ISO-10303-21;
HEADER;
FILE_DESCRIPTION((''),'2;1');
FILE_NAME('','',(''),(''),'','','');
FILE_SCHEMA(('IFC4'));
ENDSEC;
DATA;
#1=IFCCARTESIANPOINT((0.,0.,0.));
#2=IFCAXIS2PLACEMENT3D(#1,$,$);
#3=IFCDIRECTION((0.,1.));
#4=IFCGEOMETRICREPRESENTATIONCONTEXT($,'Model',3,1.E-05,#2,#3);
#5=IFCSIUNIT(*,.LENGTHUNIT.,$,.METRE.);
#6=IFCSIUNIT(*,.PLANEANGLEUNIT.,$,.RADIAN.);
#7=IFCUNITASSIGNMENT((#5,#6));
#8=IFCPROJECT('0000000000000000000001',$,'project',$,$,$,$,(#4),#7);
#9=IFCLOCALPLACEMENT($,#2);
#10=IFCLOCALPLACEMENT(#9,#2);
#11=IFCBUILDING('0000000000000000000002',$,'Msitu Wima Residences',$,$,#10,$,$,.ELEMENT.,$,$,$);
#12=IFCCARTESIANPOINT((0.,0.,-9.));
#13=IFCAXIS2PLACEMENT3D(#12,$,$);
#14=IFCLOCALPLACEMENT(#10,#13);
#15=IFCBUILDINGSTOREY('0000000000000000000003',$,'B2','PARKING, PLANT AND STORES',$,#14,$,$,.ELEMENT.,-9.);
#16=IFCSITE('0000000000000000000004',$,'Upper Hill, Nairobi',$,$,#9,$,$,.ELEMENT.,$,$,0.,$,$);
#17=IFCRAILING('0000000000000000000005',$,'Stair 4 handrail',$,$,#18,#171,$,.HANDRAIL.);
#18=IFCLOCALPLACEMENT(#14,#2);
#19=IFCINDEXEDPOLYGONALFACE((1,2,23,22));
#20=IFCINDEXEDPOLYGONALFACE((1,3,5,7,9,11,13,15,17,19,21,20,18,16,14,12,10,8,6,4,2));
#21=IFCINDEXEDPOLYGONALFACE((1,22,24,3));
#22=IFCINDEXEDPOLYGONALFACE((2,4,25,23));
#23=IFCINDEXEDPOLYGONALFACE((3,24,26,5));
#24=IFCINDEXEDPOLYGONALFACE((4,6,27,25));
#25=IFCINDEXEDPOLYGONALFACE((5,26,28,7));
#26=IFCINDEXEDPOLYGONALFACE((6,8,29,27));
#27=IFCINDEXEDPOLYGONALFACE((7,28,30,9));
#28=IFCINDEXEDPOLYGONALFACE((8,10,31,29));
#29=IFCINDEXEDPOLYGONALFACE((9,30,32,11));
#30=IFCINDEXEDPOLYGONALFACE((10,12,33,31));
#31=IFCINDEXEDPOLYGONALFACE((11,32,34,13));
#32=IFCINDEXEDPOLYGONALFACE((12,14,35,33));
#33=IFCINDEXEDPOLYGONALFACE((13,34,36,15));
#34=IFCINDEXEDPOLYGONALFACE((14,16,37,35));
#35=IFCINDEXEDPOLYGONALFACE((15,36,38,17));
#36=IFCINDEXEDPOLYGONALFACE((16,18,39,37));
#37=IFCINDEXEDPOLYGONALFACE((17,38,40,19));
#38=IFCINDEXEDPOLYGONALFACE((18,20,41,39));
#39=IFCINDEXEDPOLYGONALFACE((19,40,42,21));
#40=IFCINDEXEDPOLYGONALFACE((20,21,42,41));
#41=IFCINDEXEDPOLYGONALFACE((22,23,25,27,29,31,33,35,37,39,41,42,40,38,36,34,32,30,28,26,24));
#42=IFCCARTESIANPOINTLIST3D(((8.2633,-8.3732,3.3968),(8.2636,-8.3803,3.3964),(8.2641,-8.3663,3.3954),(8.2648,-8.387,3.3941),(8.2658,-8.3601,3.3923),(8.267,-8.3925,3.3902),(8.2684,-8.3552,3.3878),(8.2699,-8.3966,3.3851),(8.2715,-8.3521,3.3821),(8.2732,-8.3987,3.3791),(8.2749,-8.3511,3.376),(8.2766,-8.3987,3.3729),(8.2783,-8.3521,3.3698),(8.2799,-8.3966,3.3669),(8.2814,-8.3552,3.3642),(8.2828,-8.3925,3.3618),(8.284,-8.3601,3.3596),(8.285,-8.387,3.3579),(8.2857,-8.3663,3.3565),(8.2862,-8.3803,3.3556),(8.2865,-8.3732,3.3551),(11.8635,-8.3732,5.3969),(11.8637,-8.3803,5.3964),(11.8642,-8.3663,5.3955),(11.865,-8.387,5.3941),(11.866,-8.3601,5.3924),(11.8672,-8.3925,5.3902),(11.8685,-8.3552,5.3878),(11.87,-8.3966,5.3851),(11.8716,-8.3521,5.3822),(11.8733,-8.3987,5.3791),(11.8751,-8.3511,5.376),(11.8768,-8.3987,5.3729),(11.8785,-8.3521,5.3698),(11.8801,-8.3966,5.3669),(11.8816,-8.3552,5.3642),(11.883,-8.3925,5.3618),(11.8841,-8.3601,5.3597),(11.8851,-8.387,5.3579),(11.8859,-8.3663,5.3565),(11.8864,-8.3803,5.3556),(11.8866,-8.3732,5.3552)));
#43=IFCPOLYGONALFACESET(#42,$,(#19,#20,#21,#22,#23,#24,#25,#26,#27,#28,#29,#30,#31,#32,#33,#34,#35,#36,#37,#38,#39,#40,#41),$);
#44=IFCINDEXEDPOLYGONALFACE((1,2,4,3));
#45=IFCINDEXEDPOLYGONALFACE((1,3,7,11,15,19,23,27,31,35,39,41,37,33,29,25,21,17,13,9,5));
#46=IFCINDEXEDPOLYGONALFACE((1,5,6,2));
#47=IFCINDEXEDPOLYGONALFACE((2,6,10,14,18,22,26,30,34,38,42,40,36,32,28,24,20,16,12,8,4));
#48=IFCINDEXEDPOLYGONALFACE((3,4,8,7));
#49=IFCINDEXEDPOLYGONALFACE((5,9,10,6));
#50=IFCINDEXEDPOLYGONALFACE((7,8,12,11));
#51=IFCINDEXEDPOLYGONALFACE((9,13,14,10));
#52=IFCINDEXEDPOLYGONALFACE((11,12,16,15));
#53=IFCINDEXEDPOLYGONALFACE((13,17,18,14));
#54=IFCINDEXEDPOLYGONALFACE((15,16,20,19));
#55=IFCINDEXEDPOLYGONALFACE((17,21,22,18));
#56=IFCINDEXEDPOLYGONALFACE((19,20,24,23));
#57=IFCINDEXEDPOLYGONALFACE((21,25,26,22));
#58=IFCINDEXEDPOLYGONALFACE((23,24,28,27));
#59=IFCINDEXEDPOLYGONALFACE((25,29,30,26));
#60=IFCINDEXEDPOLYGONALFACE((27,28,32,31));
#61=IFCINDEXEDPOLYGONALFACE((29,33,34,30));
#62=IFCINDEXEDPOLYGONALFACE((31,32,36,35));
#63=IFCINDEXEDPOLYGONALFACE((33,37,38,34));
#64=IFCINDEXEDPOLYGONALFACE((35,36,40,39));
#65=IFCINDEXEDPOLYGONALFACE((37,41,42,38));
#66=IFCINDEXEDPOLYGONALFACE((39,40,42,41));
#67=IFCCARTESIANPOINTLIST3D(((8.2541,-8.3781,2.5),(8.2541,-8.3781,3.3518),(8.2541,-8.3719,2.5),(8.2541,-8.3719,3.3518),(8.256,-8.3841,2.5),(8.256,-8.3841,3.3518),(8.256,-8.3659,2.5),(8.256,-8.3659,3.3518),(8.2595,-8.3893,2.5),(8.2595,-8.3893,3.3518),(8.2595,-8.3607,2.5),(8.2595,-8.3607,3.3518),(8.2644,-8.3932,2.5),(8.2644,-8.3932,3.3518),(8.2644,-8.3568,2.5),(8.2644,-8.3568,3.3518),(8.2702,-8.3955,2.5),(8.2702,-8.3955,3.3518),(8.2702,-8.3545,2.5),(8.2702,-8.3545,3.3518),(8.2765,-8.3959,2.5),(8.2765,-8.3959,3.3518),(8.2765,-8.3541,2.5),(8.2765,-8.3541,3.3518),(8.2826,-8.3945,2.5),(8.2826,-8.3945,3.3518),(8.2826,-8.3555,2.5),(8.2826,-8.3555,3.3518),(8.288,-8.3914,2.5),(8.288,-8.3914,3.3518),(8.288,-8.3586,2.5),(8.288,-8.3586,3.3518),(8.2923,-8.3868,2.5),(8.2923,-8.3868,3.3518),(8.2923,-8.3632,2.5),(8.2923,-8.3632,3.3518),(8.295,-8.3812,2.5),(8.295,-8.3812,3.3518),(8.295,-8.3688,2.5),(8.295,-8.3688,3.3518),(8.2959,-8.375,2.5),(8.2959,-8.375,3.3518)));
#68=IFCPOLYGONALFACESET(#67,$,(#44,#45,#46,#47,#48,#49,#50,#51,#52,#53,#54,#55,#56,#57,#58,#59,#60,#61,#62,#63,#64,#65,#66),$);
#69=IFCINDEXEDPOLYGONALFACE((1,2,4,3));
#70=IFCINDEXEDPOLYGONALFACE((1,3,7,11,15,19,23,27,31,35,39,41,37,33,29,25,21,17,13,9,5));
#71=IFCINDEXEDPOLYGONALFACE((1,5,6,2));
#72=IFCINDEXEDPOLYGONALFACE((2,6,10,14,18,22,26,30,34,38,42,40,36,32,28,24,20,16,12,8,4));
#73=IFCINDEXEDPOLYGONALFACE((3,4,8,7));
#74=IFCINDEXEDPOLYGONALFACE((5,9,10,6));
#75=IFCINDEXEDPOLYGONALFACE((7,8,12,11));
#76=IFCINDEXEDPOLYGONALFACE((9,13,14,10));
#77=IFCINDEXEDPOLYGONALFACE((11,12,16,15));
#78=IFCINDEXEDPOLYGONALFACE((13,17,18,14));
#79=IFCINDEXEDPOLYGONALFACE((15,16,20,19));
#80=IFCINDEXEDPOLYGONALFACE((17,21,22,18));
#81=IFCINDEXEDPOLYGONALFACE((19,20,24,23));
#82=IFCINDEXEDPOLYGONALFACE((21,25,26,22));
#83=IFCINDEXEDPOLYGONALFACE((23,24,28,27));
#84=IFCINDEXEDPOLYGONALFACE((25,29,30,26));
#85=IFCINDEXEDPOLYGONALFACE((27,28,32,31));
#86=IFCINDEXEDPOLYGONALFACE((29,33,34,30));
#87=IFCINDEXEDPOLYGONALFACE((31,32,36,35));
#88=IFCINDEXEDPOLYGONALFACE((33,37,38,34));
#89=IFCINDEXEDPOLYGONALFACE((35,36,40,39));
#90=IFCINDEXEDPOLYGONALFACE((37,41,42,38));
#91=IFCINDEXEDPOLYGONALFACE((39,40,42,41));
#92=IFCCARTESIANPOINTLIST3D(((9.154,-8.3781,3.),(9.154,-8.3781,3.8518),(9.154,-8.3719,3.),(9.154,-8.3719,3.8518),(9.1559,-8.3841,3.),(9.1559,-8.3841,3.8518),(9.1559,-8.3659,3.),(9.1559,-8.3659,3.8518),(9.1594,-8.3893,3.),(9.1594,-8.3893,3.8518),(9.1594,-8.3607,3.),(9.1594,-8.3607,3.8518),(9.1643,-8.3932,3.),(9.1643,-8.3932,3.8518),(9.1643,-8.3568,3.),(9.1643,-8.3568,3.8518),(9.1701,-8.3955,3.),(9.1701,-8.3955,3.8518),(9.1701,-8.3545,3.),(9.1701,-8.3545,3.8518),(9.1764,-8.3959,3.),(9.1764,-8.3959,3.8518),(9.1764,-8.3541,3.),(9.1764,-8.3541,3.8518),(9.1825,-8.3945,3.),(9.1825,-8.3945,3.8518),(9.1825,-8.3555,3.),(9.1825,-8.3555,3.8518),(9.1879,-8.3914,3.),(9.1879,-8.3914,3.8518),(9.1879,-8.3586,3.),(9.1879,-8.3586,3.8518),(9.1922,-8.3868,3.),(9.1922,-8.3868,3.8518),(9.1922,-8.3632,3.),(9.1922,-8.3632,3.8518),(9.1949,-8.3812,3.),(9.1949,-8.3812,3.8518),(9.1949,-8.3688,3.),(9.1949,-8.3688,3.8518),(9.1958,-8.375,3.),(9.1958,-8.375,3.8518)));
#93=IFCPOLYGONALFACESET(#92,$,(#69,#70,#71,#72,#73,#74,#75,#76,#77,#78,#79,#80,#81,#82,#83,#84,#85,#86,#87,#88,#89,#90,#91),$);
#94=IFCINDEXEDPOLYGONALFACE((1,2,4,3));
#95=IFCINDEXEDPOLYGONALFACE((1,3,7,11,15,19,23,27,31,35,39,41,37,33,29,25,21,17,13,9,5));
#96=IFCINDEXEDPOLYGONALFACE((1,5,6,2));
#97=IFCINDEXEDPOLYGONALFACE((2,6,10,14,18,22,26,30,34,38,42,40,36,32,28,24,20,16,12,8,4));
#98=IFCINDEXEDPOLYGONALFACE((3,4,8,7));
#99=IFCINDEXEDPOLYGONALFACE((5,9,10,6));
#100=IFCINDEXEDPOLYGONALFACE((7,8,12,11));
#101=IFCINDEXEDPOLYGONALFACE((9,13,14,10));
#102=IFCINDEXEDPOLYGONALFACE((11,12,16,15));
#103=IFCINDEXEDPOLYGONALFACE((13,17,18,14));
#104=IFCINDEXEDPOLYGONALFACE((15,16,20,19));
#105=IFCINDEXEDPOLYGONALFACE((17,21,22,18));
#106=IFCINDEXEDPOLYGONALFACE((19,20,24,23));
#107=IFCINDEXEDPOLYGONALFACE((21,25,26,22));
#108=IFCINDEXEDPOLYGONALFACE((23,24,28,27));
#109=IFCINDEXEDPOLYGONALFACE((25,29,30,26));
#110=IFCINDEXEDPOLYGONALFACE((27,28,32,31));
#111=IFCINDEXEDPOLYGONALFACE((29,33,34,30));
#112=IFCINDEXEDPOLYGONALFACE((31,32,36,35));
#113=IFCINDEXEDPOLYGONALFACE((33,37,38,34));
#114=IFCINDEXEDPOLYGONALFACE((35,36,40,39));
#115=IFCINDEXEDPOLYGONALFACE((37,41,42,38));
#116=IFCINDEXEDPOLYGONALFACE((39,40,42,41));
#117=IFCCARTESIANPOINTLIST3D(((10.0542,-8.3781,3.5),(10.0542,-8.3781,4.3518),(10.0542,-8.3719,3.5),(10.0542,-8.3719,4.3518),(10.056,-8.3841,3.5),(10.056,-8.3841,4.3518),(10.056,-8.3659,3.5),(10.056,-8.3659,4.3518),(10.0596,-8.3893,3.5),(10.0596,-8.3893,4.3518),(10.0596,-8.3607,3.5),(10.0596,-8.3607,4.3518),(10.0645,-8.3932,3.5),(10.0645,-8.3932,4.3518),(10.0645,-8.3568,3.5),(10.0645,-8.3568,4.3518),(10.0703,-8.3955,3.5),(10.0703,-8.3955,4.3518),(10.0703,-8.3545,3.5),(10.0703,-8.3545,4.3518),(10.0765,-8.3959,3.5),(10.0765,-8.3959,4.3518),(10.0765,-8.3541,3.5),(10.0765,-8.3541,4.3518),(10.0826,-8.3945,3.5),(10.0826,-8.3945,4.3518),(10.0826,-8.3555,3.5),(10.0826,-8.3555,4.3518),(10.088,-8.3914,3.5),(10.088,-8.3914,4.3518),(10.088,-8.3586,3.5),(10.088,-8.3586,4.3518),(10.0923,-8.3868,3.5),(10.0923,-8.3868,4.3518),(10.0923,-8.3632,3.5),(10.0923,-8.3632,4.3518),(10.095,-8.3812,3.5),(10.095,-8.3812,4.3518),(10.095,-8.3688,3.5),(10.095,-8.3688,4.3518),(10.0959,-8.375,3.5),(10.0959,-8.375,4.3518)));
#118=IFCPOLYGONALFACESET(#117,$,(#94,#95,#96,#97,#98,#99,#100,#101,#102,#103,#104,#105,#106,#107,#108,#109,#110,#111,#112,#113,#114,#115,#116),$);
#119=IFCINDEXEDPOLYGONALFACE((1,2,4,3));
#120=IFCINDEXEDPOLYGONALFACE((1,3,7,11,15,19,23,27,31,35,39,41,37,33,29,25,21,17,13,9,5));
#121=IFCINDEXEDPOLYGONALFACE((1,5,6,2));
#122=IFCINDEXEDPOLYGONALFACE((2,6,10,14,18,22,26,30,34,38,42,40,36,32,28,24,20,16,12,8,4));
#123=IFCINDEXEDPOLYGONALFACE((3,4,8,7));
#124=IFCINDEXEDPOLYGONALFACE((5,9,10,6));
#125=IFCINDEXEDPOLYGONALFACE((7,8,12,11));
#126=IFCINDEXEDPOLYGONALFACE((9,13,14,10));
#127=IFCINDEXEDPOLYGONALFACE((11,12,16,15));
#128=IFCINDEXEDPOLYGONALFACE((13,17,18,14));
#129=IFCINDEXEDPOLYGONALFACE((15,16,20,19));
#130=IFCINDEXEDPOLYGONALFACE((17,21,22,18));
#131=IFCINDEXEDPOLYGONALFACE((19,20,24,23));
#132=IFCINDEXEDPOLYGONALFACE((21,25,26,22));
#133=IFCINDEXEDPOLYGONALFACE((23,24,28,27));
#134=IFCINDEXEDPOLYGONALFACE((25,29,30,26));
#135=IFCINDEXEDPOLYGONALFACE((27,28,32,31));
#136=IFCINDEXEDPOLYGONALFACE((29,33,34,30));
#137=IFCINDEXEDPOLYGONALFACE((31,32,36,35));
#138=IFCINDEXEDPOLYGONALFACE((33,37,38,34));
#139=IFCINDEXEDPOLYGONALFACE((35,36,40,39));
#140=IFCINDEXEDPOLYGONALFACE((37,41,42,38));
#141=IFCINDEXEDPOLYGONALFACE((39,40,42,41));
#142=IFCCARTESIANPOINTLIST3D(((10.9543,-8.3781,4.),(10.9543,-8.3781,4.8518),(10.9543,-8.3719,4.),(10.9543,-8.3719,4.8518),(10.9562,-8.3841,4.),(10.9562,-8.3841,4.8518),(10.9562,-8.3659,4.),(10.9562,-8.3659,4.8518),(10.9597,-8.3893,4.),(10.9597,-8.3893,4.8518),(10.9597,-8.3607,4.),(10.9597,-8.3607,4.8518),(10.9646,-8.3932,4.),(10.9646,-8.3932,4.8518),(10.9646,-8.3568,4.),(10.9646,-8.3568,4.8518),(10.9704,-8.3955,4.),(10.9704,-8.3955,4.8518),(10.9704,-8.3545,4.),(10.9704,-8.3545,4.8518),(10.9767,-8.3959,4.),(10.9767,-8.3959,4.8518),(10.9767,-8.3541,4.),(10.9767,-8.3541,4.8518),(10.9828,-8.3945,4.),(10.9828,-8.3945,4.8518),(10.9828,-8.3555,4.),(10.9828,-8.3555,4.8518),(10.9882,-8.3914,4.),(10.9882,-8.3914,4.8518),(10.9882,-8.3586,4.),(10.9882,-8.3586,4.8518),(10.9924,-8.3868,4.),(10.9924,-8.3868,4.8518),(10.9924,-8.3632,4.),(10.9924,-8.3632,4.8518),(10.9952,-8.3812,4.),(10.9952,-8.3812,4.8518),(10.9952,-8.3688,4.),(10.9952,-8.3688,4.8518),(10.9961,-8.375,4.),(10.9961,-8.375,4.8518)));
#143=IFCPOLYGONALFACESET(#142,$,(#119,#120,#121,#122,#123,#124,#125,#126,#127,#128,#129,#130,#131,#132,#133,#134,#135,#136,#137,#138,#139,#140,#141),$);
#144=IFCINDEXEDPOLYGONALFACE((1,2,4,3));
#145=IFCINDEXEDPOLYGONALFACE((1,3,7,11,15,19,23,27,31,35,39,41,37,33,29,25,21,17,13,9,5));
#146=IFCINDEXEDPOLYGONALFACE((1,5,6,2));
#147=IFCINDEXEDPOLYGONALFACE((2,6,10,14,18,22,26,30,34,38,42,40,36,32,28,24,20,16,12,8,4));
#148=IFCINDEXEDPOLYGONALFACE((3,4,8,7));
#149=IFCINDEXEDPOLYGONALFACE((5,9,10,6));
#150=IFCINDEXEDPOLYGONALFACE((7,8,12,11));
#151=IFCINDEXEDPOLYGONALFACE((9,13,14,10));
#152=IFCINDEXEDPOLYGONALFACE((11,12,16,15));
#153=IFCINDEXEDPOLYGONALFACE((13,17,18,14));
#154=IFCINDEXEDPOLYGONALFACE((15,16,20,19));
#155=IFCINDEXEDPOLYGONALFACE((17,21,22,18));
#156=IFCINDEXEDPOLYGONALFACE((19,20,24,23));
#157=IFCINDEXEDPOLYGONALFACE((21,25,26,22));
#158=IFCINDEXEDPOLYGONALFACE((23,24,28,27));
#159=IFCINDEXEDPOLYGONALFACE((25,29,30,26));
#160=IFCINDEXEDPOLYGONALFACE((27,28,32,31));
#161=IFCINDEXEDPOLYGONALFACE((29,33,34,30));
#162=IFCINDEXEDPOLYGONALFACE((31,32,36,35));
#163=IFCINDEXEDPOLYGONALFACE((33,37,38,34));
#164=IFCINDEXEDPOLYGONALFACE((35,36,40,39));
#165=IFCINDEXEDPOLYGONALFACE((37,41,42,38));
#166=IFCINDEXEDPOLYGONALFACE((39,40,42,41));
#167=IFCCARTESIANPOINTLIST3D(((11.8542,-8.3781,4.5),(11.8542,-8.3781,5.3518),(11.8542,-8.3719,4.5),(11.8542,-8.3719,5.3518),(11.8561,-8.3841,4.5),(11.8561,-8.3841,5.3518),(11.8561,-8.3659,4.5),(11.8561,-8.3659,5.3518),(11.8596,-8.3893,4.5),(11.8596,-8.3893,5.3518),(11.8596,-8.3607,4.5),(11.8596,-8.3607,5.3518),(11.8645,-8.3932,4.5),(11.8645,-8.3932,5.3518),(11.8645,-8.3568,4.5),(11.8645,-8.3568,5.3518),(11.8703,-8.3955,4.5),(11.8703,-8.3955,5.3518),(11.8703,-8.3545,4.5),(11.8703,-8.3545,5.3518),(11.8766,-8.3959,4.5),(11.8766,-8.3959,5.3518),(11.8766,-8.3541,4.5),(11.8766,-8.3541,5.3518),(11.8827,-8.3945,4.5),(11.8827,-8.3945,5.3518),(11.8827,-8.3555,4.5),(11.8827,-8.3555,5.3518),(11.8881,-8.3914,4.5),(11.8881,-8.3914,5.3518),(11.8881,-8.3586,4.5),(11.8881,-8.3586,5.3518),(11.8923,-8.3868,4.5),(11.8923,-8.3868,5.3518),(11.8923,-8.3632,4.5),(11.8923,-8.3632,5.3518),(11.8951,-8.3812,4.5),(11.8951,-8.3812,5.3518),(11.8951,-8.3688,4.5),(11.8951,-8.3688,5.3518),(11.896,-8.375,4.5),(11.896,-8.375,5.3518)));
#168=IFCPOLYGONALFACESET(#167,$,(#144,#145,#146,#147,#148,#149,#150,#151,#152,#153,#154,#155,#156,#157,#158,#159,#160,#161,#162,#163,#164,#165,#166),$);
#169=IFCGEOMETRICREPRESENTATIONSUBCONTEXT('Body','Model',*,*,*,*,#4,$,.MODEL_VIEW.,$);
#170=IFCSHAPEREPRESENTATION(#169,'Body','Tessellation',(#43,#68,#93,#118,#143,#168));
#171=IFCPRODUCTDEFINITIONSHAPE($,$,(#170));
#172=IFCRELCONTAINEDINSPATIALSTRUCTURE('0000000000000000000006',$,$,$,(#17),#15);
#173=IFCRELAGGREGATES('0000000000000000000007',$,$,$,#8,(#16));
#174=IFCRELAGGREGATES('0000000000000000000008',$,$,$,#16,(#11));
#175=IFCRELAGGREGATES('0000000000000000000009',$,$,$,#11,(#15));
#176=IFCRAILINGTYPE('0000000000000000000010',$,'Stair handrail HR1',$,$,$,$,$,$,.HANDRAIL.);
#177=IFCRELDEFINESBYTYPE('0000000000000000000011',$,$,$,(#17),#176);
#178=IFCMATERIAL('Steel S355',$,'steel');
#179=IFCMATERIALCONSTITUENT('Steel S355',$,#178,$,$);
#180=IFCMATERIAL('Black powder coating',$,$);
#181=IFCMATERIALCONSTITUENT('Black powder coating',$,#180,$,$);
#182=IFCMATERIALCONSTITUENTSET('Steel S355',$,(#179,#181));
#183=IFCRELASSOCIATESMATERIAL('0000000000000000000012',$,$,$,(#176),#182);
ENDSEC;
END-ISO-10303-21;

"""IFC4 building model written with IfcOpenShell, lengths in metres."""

from ifc_helpers import new_model, si_unit, direction, frame, origin, origin_2d, place, context, subcontext, project, spatial, circle, extrude, material, constituent, constituent_set, type_object, element, save


model = new_model("IFC4")

# Units and contexts
model_context = context("Model", 3, precision=1e-05, world=origin(), true_north=direction((0.0, 1.0)))
body_context = subcontext(model_context, "Body", "Model", "MODEL_VIEW")
ifc_project = project(units=[si_unit("LENGTHUNIT", "METRE"), si_unit("PLANEANGLEUNIT", "RADIAN")], contexts=[model_context])

# Site, building, storey
site_placement = place(None, origin())
site = spatial("IfcSite", under=ifc_project, at=site_placement, Name="Upper Hill, Nairobi", CompositionType="ELEMENT", RefElevation=0.0)
building_placement = place(site_placement, origin())
building = spatial("IfcBuilding", under=site, at=building_placement, Name="Msitu Wima Residences", CompositionType="ELEMENT")
storey_placement = place(building_placement, frame((0.0, 0.0, -9.0)))
storey = spatial("IfcBuildingStorey", under=building, at=storey_placement, Name="B2", Description="PARKING, PLANT AND STORES", CompositionType="ELEMENT", Elevation=-9.0)

# Railing
ifc_material_1 = material(Name="Steel S355", Category="steel")
ifc_constituent_1 = constituent(ifc_material_1, Name="Steel S355")
ifc_material_2 = material(Name="Black powder coating")
ifc_constituent_2 = constituent(ifc_material_2, Name="Black powder coating")
ifc_constituent_set = constituent_set(constituents=[ifc_constituent_1, ifc_constituent_2], Name="Steel S355")
railing_type = type_object("IfcRailingType", Name="Stair handrail HR1", PredefinedType="HANDRAIL", material=ifc_constituent_set)
for number, where, name in (
    (1, (8.2749, -8.375, 2.5), "Stair 4 handrail"),
):
    element("IfcRailing", number, at=place(storey_placement, frame(where)), inside=storey, type_object=railing_type, Name=name, PredefinedType="HANDRAIL", context=body_context, shape_type="SweptSolid", body=[
        extrude(circle(Radius=0.0239, at=origin_2d()), frame((0.0, 0.0, 0.876), z_axis=(0.874163, 0.0, 0.485633), x_axis=(0.0, 1.0, 0.0)), (0.0, 0.0, 1.0), 4.1184),
        extrude(circle(Radius=0.021, at=origin_2d()), origin(), (0.0, 0.0, 1.0), 0.8518),
        extrude(circle(Radius=0.021, at=origin_2d()), frame((0.8999, 0.0, 0.5)), (0.0, 0.0, 1.0), 0.8518),
        extrude(circle(Radius=0.021, at=origin_2d()), frame((1.8, 0.0, 1.0)), (0.0, 0.0, 1.0), 0.8518),
        extrude(circle(Radius=0.021, at=origin_2d()), frame((2.7002, 0.0, 1.5)), (0.0, 0.0, 1.0), 0.8518),
        extrude(circle(Radius=0.021, at=origin_2d()), frame((3.6001, 0.0, 2.0)), (0.0, 0.0, 1.0), 0.8518),
    ])

save(model, "model.ifc")
